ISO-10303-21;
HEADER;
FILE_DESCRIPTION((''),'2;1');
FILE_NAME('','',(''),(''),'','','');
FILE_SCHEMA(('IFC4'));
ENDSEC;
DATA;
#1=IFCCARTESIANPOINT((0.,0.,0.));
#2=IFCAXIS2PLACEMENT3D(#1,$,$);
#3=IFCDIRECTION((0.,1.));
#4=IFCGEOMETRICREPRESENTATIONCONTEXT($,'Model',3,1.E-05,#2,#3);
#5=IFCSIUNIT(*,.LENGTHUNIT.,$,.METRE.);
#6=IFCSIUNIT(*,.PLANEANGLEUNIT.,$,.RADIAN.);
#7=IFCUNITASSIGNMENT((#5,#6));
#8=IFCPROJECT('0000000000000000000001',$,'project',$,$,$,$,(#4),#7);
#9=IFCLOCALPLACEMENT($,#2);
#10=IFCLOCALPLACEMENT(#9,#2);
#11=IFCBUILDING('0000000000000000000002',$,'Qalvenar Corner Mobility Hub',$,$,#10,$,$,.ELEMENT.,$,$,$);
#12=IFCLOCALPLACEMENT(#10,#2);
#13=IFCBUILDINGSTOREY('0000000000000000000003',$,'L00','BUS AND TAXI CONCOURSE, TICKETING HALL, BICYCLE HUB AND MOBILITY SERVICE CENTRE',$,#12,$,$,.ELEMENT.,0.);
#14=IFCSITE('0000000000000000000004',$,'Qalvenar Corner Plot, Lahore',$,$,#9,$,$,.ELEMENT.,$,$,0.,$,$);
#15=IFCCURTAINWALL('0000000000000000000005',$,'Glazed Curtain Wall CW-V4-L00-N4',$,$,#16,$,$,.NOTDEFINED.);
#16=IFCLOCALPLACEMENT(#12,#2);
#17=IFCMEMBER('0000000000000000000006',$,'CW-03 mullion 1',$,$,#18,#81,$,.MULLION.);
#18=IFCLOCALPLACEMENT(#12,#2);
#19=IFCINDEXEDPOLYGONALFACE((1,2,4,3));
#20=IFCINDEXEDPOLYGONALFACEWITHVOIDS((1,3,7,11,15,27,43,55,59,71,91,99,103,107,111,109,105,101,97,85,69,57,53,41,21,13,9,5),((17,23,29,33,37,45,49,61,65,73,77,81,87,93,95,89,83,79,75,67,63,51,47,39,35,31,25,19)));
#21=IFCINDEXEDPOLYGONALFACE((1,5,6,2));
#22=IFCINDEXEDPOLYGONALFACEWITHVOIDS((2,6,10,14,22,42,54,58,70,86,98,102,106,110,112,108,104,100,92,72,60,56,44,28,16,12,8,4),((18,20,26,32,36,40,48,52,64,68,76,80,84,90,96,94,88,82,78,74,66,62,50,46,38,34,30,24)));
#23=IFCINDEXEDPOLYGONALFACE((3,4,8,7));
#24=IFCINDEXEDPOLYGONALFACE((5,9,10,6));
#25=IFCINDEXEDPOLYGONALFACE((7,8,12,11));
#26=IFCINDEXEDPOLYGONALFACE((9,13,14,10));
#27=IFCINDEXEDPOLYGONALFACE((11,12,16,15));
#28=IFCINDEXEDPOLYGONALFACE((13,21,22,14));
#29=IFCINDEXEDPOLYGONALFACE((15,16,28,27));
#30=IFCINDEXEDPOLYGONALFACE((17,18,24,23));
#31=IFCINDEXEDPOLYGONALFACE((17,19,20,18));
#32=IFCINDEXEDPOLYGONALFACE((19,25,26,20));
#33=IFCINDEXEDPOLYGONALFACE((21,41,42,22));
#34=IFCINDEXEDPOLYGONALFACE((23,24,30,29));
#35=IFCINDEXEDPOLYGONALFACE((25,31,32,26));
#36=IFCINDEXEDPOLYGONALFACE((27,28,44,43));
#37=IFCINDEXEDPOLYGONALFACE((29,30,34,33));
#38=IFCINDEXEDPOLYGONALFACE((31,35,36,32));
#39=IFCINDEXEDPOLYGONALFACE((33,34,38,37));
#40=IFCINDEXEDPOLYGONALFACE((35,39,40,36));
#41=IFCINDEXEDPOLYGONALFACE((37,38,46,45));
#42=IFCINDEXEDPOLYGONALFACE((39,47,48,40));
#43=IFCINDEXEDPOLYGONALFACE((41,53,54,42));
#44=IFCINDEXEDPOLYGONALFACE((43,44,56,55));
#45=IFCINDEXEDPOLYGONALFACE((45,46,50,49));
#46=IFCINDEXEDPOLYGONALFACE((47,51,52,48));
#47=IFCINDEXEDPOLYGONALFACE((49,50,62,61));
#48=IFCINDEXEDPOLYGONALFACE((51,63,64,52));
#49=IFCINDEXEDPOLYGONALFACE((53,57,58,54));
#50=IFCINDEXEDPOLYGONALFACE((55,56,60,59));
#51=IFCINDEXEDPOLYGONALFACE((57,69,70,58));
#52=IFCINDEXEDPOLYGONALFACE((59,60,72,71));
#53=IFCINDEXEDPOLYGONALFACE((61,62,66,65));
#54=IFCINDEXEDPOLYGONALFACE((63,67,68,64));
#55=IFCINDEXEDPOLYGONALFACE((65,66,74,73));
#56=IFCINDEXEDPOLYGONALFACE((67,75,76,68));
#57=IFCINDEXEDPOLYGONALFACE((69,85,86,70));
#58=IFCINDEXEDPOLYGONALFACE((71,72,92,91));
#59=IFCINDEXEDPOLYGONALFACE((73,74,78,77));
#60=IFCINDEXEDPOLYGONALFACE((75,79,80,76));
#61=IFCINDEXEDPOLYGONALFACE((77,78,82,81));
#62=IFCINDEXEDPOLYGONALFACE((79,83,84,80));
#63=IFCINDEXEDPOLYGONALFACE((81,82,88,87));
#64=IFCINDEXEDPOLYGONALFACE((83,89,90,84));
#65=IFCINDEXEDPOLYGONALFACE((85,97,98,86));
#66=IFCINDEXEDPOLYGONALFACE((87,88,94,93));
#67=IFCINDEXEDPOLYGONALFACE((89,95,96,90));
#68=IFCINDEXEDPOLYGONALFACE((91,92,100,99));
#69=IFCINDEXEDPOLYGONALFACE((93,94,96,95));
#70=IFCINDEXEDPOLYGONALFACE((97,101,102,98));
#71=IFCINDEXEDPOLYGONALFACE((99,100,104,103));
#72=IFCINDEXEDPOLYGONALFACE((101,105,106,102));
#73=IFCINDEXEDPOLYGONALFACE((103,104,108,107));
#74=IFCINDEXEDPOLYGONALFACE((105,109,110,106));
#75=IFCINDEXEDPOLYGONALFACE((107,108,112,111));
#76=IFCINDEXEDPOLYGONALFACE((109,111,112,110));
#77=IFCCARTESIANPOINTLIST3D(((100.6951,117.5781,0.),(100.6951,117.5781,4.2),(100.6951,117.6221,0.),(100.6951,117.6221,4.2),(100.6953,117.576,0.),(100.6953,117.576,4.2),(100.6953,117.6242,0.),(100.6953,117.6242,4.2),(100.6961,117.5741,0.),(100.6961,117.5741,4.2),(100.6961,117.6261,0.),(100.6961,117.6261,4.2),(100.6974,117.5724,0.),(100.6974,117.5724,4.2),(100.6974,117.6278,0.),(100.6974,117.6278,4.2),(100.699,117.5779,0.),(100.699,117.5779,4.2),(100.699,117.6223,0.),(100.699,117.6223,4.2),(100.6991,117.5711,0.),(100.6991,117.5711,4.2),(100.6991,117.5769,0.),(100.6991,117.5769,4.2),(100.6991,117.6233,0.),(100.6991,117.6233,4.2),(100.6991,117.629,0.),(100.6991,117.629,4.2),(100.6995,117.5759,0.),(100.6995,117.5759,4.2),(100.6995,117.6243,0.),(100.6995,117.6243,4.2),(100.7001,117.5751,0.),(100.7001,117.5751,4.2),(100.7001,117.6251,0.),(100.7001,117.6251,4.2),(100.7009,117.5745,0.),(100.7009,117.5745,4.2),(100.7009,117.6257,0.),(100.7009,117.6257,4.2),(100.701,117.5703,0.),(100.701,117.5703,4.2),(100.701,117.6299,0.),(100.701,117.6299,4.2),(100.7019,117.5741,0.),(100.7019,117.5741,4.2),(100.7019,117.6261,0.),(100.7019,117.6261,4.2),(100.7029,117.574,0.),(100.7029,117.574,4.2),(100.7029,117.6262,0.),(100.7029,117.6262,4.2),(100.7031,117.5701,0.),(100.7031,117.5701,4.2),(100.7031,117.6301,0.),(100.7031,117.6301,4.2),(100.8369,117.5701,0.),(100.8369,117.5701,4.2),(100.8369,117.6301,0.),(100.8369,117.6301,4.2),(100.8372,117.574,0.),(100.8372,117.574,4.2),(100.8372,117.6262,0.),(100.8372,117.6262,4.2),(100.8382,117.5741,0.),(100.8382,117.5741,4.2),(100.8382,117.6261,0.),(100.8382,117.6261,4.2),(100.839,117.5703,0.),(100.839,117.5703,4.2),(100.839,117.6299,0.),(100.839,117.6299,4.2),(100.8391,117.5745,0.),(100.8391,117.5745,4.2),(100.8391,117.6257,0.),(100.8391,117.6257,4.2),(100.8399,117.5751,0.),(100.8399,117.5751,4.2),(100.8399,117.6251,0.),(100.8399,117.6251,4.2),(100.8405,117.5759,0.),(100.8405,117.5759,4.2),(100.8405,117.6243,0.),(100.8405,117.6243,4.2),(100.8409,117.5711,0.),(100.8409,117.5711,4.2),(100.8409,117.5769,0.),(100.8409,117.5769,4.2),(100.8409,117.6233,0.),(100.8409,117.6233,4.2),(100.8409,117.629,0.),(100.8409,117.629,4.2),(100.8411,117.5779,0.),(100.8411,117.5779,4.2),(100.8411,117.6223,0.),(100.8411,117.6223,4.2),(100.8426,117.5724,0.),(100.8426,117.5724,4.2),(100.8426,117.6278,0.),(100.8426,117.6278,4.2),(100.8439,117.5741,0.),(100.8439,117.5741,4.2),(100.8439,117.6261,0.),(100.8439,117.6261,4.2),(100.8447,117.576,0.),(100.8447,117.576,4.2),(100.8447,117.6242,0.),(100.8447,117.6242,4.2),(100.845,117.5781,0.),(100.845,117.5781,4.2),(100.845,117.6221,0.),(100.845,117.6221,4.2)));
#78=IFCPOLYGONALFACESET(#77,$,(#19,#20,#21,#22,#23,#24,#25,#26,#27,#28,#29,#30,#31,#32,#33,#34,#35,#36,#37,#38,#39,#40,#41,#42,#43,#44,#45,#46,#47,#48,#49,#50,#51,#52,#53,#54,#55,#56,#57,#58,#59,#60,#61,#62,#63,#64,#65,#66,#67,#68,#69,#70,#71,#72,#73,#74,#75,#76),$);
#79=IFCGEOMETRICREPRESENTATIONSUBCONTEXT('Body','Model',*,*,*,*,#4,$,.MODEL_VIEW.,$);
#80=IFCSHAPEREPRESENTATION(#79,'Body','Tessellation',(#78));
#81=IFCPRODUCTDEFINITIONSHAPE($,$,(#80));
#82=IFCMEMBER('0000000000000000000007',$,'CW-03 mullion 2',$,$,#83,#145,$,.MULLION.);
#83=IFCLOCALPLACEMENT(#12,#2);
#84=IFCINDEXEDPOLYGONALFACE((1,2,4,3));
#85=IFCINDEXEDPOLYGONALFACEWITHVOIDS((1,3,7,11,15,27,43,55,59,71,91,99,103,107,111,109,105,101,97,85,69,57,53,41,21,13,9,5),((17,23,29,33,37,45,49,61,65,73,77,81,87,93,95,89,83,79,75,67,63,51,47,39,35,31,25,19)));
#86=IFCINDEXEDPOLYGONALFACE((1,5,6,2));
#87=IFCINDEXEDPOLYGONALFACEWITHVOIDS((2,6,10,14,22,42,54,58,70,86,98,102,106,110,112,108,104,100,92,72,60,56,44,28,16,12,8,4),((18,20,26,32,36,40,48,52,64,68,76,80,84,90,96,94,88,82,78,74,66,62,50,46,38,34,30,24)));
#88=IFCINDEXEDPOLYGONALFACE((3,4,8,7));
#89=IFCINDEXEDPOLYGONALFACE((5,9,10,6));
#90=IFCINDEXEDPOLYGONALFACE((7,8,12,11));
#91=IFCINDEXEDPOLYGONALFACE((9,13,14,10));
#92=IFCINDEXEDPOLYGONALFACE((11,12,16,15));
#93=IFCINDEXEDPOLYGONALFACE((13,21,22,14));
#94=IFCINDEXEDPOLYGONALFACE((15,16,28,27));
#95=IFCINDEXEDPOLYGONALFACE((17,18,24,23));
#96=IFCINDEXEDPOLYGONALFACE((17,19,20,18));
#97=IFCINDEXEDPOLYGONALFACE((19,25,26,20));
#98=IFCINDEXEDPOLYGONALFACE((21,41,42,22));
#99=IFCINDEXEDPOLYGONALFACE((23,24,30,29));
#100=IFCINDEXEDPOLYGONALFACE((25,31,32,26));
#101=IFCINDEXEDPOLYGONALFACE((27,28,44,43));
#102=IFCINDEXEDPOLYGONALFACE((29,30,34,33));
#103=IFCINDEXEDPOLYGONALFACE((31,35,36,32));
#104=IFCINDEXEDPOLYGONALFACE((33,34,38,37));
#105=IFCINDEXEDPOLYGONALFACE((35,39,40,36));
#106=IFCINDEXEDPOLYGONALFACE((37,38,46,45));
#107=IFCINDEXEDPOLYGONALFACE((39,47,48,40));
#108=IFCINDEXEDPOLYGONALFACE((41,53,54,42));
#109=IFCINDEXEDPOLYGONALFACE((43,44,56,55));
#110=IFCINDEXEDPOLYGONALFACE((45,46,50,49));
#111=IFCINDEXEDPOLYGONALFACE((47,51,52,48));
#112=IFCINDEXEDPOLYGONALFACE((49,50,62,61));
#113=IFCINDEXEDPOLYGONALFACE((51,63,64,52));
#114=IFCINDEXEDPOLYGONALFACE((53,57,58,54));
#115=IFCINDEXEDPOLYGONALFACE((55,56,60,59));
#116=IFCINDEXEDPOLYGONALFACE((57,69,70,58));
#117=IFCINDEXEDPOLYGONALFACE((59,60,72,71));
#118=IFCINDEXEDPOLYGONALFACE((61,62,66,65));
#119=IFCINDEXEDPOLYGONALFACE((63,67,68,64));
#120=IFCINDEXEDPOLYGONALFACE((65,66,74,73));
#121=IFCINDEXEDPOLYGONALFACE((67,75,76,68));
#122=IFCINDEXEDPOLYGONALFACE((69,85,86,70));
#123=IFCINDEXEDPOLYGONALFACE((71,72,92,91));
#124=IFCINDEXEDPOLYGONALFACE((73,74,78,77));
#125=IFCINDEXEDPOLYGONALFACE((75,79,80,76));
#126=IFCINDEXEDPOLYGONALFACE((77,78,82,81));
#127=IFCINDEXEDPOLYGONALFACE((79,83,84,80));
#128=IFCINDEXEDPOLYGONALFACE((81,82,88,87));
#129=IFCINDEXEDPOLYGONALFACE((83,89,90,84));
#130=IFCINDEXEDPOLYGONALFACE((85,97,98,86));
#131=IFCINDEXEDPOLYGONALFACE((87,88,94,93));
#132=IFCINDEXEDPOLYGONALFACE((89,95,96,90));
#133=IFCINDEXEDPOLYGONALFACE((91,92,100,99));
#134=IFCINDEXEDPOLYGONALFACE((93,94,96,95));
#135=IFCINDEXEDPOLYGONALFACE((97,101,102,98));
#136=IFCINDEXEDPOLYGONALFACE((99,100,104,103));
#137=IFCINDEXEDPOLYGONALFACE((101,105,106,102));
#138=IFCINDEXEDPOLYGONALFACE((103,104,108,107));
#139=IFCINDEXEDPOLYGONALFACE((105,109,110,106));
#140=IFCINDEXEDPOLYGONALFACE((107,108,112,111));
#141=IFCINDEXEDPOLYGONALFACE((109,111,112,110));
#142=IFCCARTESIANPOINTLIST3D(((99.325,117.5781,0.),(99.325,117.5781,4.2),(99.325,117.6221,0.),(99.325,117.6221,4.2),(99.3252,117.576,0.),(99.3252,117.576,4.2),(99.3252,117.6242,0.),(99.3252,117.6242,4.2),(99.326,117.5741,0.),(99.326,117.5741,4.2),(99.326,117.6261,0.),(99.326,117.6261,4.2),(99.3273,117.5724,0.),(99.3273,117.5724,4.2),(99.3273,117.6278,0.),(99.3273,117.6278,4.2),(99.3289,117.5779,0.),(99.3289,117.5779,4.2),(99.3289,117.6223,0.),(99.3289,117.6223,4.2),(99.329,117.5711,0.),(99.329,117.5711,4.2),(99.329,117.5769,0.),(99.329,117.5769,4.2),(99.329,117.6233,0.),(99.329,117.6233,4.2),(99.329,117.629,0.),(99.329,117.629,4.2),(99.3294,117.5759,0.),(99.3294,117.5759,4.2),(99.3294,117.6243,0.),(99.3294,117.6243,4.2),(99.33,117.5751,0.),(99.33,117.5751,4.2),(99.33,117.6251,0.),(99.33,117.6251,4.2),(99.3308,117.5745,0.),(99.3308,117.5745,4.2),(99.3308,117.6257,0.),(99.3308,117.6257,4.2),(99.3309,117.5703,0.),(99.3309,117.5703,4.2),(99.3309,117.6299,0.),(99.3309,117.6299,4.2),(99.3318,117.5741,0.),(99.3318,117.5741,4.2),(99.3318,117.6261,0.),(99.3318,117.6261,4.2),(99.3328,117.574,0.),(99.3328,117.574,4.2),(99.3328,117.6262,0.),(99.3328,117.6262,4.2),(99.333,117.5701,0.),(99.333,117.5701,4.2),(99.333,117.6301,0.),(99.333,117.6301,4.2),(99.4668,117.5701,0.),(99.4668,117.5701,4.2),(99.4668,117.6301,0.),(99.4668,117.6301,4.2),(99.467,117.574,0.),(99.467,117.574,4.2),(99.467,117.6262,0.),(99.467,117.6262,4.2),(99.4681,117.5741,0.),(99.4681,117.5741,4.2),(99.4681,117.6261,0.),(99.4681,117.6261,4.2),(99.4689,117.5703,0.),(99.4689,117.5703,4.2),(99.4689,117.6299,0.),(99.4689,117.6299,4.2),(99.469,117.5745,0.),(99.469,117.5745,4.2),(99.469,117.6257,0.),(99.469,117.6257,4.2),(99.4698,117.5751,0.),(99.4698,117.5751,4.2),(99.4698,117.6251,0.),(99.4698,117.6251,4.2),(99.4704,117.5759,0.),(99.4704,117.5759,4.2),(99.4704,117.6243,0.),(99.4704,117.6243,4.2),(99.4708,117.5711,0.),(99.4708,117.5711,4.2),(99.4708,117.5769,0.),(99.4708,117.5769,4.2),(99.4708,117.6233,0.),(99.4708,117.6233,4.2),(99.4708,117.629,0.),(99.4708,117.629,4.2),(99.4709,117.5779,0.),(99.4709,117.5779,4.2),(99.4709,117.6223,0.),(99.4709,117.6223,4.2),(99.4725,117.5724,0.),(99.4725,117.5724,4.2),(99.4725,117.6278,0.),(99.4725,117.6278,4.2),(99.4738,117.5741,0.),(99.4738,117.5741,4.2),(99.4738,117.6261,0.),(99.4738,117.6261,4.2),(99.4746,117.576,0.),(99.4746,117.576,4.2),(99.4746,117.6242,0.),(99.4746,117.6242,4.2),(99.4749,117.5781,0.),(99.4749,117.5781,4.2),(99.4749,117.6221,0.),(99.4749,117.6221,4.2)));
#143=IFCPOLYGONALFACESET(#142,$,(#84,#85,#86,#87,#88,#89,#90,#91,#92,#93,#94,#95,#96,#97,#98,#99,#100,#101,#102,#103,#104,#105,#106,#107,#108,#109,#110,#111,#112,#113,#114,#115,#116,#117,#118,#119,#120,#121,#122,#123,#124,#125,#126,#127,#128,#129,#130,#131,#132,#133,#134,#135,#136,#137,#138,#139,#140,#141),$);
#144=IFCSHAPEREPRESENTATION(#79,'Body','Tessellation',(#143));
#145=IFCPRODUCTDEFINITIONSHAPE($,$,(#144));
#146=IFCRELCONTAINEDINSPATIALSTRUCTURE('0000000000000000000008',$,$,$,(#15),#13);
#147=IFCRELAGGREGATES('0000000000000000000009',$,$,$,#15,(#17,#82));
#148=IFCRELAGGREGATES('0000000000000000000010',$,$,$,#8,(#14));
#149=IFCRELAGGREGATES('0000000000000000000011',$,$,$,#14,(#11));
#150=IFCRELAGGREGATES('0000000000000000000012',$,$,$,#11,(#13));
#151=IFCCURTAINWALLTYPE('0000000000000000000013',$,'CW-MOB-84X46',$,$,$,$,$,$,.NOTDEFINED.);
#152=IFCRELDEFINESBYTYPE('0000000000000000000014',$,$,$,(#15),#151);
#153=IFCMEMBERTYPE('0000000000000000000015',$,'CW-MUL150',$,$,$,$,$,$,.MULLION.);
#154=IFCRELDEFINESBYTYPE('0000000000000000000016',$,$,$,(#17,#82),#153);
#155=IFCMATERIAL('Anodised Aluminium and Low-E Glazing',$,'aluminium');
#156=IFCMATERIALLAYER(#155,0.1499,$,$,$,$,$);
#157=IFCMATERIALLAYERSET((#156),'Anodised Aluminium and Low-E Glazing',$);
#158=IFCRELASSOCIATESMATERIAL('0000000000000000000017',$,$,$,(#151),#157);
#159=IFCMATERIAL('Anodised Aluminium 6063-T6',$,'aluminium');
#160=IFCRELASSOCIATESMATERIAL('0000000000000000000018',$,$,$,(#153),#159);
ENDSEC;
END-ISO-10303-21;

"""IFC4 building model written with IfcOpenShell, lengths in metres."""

from ifc_helpers import new_model, si_unit, direction, frame, origin, origin_2d, place, context, subcontext, project, spatial, hollow_rectangle, extrude, material, layer, layer_set, material_profile, profile_set, type_object, element, aggregate, save


model = new_model("IFC4")

# Units and contexts
model_context = context("Model", 3, precision=1e-05, world=origin(), true_north=direction((0.0, 1.0)))
body_context = subcontext(model_context, "Body", "Model", "MODEL_VIEW")
ifc_project = project(units=[si_unit("LENGTHUNIT", "METRE"), si_unit("PLANEANGLEUNIT", "RADIAN")], contexts=[model_context])

# Site, building, storey
site_placement = place(None, origin())
site = spatial("IfcSite", under=ifc_project, at=site_placement, Name="Qalvenar Corner Plot, Lahore", CompositionType="ELEMENT", RefElevation=0.0)
building_placement = place(site_placement, origin())
building = spatial("IfcBuilding", under=site, at=building_placement, Name="Qalvenar Corner Mobility Hub", CompositionType="ELEMENT")
storey_placement = place(building_placement, origin())
storey = spatial("IfcBuildingStorey", under=building, at=storey_placement, Name="L00", Description="BUS AND TAXI CONCOURSE, TICKETING HALL, BICYCLE HUB AND MOBILITY SERVICE CENTRE", CompositionType="ELEMENT", Elevation=0.0)

# Curtain wall, members
ifc_material_1 = material(Name="Anodised Aluminium and Low-E Glazing", Category="aluminium")
ifc_layer_1 = layer(ifc_material_1, 0.1499)
ifc_layer_set_1 = layer_set([ifc_layer_1], Name="Anodised Aluminium and Low-E Glazing")
curtain_wall_type = type_object("IfcCurtainWallType", Name="CW-MOB-84X46", PredefinedType="NOTDEFINED", material=ifc_layer_set_1)
curtain_wall_placement = place(storey_placement, origin())
curtain_wall = element("IfcCurtainWall", 1, at=curtain_wall_placement, inside=storey, type_object=curtain_wall_type, Name="Glazed Curtain Wall CW-V4-L00-N4", PredefinedType="NOTDEFINED")
ifc_material_2 = material(Name="Anodised Aluminium 6063-T6", Category="aluminium")
ifc_material_profile_1 = material_profile(ifc_material_2, hollow_rectangle(XDim=0.0601, YDim=0.1499, WallThickness=0.0039, InnerFilletRadius=0.0039, OuterFilletRadius=0.0081, at=origin_2d()), Name="RHS150x60x4")
ifc_profile_set_1 = profile_set([ifc_material_profile_1], Name="Anodised Aluminium 6063-T6")
member_type_1 = type_object("IfcMemberType", Name="CW-MUL150", PredefinedType="MULLION", material=ifc_profile_set_1)
member_1_placement = place(storey_placement, frame((100.77, 117.6001, 0.0), z_axis=(0.0, 0.0, 1.0), x_axis=(0.0, -1.0, 0.0)))
member_1 = element("IfcMember", 2, at=member_1_placement, type_object=member_type_1, Name="CW-03 mullion 1", PredefinedType="MULLION", context=body_context, shape_type="SweptSolid", body=[
    extrude(hollow_rectangle(XDim=0.0601, YDim=0.1499, WallThickness=0.0039, InnerFilletRadius=0.0039, OuterFilletRadius=0.0081, at=origin_2d()), origin(), (0.0, 0.0, 1.0), 4.2),
])
member_2_placement = place(storey_placement, frame((99.3999, 117.6001, 0.0), z_axis=(0.0, 0.0, 1.0), x_axis=(0.0, -1.0, 0.0)))
member_2 = element("IfcMember", 3, at=member_2_placement, type_object=member_type_1, Name="CW-03 mullion 2", PredefinedType="MULLION", context=body_context, shape_type="SweptSolid", body=[
    extrude(hollow_rectangle(XDim=0.0601, YDim=0.1499, WallThickness=0.0039, InnerFilletRadius=0.0039, OuterFilletRadius=0.0081, at=origin_2d()), origin(), (0.0, 0.0, 1.0), 4.2),
])
aggregate(curtain_wall, [member_1, member_2])

save(model, "model.ifc")
